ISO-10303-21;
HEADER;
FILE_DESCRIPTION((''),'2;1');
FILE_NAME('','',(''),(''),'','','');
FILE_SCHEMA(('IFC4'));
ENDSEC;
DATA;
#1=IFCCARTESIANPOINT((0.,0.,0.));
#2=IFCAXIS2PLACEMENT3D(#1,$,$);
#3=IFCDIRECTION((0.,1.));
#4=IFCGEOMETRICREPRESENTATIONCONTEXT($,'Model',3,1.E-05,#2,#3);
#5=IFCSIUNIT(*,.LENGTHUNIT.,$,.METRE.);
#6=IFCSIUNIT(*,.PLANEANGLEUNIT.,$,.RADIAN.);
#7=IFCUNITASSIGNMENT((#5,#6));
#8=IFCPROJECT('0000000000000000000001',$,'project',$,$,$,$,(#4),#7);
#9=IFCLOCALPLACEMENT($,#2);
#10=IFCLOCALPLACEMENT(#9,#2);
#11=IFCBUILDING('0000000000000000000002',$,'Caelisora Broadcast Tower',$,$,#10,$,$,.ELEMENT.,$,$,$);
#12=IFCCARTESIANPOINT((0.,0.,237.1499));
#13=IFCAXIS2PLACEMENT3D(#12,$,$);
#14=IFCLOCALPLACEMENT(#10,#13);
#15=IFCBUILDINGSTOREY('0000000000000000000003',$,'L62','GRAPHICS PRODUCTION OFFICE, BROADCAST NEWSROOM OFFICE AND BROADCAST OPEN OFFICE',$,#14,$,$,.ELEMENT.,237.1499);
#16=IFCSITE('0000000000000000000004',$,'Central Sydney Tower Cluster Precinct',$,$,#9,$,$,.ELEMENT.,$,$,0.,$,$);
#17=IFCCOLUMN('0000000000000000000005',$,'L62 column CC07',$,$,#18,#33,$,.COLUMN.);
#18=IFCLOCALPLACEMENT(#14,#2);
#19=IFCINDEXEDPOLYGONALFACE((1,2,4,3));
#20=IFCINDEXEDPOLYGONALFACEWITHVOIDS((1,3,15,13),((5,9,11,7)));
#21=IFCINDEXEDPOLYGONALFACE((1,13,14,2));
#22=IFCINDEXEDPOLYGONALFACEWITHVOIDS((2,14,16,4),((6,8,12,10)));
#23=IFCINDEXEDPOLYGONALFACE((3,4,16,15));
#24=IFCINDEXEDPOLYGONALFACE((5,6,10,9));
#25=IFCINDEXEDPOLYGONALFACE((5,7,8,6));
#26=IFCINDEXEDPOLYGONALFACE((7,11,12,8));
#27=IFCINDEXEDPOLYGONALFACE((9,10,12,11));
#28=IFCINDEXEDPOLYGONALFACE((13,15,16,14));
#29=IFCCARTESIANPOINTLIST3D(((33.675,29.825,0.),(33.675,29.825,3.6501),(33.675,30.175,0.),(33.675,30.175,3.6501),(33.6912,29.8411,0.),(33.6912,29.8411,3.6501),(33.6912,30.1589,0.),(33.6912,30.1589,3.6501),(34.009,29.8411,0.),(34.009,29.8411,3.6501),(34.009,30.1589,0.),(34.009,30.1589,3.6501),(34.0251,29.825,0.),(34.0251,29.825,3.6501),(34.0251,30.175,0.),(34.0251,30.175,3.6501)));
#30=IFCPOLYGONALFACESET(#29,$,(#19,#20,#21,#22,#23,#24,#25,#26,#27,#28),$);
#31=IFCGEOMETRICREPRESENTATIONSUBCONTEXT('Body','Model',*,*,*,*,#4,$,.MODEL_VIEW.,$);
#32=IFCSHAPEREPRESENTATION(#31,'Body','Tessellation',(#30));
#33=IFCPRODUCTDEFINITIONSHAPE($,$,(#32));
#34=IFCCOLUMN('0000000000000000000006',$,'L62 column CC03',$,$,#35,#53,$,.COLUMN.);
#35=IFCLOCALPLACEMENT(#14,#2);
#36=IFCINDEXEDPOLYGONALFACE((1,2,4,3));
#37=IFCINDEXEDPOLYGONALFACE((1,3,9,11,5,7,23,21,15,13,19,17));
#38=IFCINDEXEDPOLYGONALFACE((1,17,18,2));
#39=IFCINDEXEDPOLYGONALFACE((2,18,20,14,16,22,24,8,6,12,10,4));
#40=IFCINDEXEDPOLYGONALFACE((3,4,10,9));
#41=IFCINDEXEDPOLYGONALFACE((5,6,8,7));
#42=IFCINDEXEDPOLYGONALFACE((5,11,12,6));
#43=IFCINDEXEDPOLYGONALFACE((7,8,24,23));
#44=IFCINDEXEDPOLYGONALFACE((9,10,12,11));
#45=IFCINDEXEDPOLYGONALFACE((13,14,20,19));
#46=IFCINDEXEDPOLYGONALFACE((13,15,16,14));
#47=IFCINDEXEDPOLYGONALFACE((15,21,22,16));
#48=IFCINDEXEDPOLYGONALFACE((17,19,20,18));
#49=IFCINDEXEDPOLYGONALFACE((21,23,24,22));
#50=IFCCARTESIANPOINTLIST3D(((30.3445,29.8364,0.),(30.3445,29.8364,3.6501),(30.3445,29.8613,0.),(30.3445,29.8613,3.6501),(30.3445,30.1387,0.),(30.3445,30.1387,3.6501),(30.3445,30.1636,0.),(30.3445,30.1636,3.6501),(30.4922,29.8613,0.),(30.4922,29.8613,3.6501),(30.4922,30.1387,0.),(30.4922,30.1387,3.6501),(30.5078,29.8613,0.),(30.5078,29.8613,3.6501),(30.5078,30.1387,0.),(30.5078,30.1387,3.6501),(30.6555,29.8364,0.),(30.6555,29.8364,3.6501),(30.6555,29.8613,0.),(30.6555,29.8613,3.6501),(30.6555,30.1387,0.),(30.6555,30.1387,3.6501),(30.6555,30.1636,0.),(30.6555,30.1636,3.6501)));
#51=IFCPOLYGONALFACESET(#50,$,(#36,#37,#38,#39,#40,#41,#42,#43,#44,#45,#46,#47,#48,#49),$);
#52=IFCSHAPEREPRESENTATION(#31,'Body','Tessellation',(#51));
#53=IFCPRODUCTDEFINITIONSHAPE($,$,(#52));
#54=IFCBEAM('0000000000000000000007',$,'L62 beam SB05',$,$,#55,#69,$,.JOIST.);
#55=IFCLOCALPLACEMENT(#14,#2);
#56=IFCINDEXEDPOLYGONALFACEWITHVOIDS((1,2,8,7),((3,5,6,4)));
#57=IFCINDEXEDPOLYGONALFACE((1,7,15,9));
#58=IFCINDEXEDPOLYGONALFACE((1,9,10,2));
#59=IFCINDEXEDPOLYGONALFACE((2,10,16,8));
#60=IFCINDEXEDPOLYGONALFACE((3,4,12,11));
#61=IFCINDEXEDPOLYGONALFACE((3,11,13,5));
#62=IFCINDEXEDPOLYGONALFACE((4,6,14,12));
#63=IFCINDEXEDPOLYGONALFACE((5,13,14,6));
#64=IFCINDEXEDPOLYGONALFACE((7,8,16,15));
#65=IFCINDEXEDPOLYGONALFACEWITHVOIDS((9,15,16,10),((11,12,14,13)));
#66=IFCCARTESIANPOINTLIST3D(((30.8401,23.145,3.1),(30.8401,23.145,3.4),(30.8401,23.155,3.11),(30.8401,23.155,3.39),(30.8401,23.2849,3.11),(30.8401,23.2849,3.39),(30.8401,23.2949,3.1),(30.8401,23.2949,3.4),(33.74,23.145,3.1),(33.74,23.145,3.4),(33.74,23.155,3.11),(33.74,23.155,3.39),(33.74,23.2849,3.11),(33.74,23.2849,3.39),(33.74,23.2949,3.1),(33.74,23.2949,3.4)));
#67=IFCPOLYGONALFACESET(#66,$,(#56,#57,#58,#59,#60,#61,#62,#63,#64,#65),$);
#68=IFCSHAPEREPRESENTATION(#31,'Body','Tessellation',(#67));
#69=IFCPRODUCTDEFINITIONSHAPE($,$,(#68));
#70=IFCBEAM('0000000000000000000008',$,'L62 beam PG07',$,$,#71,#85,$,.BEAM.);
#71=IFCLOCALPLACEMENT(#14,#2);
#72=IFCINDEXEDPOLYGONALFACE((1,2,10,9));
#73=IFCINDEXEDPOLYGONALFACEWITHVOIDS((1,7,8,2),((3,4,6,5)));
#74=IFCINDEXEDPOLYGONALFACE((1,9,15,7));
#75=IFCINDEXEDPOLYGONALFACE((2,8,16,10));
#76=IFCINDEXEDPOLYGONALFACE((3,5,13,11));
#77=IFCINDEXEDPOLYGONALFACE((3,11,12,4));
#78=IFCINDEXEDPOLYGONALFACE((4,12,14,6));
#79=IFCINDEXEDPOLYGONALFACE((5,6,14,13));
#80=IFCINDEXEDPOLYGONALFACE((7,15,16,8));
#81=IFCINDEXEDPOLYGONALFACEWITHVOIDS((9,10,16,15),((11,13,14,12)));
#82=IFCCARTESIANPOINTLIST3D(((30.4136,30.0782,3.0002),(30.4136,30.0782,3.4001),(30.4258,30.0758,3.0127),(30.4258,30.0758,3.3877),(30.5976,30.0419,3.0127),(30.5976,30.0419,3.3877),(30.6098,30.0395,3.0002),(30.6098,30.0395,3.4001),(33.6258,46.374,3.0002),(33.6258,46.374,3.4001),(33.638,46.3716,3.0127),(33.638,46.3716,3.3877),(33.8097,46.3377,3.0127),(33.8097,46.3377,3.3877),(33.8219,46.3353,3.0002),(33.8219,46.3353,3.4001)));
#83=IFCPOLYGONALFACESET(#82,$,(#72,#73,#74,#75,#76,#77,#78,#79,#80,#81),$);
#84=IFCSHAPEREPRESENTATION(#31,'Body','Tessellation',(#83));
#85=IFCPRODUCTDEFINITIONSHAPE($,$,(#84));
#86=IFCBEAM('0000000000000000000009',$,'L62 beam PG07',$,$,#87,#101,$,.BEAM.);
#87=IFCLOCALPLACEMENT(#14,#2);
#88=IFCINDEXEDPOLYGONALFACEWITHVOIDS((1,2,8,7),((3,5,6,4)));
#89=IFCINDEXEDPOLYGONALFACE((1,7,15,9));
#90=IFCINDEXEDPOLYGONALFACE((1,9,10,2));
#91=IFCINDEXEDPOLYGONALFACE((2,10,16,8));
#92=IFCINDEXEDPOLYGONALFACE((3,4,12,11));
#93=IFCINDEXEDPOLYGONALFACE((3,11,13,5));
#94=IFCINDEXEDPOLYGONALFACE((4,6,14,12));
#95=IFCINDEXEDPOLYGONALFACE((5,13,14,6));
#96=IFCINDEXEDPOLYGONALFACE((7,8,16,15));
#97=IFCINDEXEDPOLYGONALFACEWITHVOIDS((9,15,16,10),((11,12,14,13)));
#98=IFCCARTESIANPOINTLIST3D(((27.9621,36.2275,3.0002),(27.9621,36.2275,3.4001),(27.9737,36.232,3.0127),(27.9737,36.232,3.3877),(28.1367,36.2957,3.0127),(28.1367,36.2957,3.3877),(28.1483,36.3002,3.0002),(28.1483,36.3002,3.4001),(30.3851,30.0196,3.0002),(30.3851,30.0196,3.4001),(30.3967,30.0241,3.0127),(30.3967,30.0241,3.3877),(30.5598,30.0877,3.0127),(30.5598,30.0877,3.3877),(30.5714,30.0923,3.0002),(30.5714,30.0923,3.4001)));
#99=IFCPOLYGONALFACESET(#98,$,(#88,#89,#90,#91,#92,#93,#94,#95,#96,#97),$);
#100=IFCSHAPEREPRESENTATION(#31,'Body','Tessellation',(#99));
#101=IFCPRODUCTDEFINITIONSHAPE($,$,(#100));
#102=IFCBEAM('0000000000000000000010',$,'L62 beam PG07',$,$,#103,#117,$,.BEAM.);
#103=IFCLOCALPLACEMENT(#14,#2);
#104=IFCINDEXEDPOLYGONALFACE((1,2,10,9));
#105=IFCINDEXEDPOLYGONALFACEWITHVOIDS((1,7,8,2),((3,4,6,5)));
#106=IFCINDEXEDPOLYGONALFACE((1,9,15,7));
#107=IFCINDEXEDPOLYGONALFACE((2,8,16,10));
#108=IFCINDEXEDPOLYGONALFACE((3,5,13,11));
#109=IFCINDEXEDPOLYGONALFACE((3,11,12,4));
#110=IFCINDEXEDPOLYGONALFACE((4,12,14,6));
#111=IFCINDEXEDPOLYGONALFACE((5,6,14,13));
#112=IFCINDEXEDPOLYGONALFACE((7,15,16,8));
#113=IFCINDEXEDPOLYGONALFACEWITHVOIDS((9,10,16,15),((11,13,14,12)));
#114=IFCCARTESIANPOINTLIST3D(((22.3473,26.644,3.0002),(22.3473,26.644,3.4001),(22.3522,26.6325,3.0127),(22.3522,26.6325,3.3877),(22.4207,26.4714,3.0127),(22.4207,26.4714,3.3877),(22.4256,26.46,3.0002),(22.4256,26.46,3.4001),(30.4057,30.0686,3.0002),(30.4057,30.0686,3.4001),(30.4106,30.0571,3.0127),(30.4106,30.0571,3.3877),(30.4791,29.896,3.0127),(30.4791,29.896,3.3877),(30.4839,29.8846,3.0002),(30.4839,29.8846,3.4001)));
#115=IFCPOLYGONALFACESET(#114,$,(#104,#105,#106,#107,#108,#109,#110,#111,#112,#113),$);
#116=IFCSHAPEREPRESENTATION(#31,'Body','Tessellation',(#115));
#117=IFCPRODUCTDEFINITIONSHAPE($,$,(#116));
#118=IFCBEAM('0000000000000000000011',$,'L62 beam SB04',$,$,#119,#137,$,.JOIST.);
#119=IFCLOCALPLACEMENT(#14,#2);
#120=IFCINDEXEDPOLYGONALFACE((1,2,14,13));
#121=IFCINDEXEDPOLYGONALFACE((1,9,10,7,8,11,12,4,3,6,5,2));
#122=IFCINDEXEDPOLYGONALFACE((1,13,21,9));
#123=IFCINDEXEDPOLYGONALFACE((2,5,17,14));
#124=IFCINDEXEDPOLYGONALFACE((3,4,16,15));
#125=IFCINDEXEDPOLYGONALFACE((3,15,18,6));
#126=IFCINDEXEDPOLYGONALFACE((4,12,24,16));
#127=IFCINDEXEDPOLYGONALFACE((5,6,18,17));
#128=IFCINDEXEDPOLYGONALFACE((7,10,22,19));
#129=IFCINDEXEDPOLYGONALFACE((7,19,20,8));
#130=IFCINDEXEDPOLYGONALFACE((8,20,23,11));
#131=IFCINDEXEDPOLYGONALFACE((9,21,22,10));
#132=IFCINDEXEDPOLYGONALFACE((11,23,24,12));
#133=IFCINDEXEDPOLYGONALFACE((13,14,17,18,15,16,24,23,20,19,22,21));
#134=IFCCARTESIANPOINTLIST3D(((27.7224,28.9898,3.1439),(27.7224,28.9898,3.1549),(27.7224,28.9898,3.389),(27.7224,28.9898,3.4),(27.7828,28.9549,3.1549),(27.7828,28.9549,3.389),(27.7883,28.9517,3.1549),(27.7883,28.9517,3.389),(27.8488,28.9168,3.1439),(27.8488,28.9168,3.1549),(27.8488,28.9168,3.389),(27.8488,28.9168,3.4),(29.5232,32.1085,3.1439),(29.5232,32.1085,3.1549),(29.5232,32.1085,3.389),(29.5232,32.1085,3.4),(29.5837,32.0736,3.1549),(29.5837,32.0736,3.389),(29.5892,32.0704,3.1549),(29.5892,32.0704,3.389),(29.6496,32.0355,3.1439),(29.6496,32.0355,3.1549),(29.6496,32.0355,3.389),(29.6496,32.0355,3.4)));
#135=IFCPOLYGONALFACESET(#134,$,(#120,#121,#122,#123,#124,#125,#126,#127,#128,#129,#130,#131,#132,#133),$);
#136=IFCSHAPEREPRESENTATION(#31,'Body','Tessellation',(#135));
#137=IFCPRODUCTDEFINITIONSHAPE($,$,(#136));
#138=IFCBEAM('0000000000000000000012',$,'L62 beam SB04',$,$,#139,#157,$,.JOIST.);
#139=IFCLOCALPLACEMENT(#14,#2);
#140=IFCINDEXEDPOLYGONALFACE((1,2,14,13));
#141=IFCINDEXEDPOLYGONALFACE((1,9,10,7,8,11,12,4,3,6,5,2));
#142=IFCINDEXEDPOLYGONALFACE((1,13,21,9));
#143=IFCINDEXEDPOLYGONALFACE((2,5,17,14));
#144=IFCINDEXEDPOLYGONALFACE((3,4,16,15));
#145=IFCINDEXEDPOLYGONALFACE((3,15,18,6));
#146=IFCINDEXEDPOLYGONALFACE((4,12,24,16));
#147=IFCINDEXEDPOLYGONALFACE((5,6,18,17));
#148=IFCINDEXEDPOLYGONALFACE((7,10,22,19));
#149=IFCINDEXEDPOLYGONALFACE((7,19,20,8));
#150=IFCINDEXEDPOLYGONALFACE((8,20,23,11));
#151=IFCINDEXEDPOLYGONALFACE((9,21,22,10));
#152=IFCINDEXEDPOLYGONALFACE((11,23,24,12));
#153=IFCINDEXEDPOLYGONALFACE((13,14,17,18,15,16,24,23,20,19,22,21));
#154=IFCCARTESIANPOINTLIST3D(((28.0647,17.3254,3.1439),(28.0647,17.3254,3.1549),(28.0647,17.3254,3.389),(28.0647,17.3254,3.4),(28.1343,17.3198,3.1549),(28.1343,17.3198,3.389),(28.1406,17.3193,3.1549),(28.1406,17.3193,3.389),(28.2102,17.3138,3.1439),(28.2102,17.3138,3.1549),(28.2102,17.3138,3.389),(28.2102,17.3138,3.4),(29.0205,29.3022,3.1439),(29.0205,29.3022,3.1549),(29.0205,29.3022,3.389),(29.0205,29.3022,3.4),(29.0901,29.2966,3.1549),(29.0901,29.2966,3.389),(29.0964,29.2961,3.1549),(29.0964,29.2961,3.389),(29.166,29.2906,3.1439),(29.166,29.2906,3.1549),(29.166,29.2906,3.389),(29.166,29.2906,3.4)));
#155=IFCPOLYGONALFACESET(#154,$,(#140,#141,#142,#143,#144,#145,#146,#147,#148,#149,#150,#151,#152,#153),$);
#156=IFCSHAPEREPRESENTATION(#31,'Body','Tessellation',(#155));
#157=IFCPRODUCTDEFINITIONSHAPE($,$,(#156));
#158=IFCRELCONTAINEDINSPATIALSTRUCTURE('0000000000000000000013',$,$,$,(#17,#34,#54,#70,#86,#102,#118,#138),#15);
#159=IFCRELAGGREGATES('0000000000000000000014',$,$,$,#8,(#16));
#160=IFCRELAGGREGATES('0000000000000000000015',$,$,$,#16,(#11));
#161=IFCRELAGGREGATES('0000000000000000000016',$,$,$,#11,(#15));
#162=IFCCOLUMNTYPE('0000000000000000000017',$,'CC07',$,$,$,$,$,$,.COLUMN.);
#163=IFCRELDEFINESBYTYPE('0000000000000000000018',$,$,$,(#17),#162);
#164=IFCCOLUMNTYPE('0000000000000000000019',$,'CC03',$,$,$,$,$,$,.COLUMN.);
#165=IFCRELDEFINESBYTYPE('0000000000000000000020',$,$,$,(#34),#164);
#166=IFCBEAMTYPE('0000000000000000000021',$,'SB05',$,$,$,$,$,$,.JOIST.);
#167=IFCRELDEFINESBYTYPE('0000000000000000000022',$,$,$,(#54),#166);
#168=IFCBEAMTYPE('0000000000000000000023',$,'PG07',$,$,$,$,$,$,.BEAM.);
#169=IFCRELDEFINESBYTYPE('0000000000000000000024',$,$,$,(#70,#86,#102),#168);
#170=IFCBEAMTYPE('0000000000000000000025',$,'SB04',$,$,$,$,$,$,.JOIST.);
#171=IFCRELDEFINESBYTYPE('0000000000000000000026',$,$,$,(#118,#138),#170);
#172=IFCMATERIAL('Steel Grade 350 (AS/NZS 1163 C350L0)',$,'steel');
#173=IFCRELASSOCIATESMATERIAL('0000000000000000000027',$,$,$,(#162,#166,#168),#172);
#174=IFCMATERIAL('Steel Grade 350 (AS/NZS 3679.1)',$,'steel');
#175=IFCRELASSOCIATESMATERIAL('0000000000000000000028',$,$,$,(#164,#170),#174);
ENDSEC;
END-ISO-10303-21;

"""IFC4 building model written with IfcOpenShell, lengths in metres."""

from ifc_helpers import new_model, si_unit, direction, frame, origin, origin_2d, place, context, subcontext, project, spatial, hollow_rectangle, i_section, extrude, source, transform, mapped, material, material_profile, profile_set, type_object, type_shapes, element, save


model = new_model("IFC4")

# Units and contexts
model_context = context("Model", 3, precision=1e-05, world=origin(), true_north=direction((0.0, 1.0)))
body_context = subcontext(model_context, "Body", "Model", "MODEL_VIEW")
ifc_project = project(units=[si_unit("LENGTHUNIT", "METRE"), si_unit("PLANEANGLEUNIT", "RADIAN")], contexts=[model_context])

# Site, building, storey
site_placement = place(None, origin())
site = spatial("IfcSite", under=ifc_project, at=site_placement, Name="Central Sydney Tower Cluster Precinct", CompositionType="ELEMENT", RefElevation=0.0)
building_placement = place(site_placement, origin())
building = spatial("IfcBuilding", under=site, at=building_placement, Name="Caelisora Broadcast Tower", CompositionType="ELEMENT")
storey_placement = place(building_placement, frame((0.0, 0.0, 237.1499)))
storey = spatial("IfcBuildingStorey", under=building, at=storey_placement, Name="L62", Description="GRAPHICS PRODUCTION OFFICE, BROADCAST NEWSROOM OFFICE AND BROADCAST OPEN OFFICE", CompositionType="ELEMENT", Elevation=237.1499)

# Columns
ifc_material_1 = material(Name="Steel Grade 350 (AS/NZS 1163 C350L0)", Category="steel")
ifc_material_profile_1 = material_profile(ifc_material_1, hollow_rectangle(XDim=0.3501, YDim=0.3501, WallThickness=0.0161, at=origin_2d()), Name="Steel Grade 350 (AS/NZS 1163 C350L0)")
ifc_profile_set_1 = profile_set([ifc_material_profile_1], Name="Steel Grade 350 (AS/NZS 1163 C350L0)")
column_type_1 = type_object("IfcColumnType", Name="CC07", PredefinedType="COLUMN", material=ifc_profile_set_1)
shared_shape_1 = source(origin(), body_context, "Body", "SweptSolid", [
    extrude(hollow_rectangle(XDim=0.3501, YDim=0.3501, WallThickness=0.0161, at=origin_2d()), origin(), (0.0, 0.0, 1.0), 3.6501),
])
type_shapes(column_type_1, [shared_shape_1])
column_1_placement = place(storey_placement, frame((33.8501, 30.0, 0.0), z_axis=(0.0, 0.0, 1.0), x_axis=(1.0, 0.0, 0.0)))
element("IfcColumn", 1, at=column_1_placement, inside=storey, type_object=column_type_1, Name="L62 column CC07", PredefinedType="COLUMN", context=body_context, shape_type="MappedRepresentation", body=[
    mapped(shared_shape_1, transform((0.0, 0.0, 0.0), scale=1.0)),
])
ifc_material_2 = material(Name="Steel Grade 350 (AS/NZS 3679.1)", Category="steel")
ifc_material_profile_2 = material_profile(ifc_material_2, i_section(OverallWidth=0.311, OverallDepth=0.3271, WebThickness=0.0156, FlangeThickness=0.0249, at=origin_2d()), Name="Steel Grade 350 (AS/NZS 3679.1)")
ifc_profile_set_2 = profile_set([ifc_material_profile_2], Name="Steel Grade 350 (AS/NZS 3679.1)")
column_type_2 = type_object("IfcColumnType", Name="CC03", PredefinedType="COLUMN", material=ifc_profile_set_2)
shared_shape_2 = source(origin(), body_context, "Body", "SweptSolid", [
    extrude(i_section(OverallWidth=0.311, OverallDepth=0.3271, WebThickness=0.0156, FlangeThickness=0.0249, at=origin_2d()), origin(), (0.0, 0.0, 1.0), 3.6501),
])
type_shapes(column_type_2, [shared_shape_2])
column_2_placement = place(storey_placement, frame((30.5, 30.0, 0.0), z_axis=(0.0, 0.0, 1.0), x_axis=(1.0, 0.0, 0.0)))
element("IfcColumn", 2, at=column_2_placement, inside=storey, type_object=column_type_2, Name="L62 column CC03", PredefinedType="COLUMN", context=body_context, shape_type="MappedRepresentation", body=[
    mapped(shared_shape_2, transform((0.0, 0.0, 0.0), scale=1.0)),
])

# Beams
ifc_material_profile_3 = material_profile(ifc_material_1, hollow_rectangle(XDim=0.1499, YDim=0.3, WallThickness=0.01, at=origin_2d()), Name="Steel Grade 350 (AS/NZS 1163 C350L0)")
ifc_profile_set_3 = profile_set([ifc_material_profile_3], Name="Steel Grade 350 (AS/NZS 1163 C350L0)")
beam_type_1 = type_object("IfcBeamType", Name="SB05", PredefinedType="JOIST", material=ifc_profile_set_3)
shared_shape_3 = source(origin(), body_context, "Body", "SweptSolid", [
    extrude(hollow_rectangle(XDim=0.1499, YDim=0.3, WallThickness=0.01, at=origin_2d()), origin(), (0.0, 0.0, 1.0), 2.8999),
])
type_shapes(beam_type_1, [shared_shape_3])
beam_1_placement = place(storey_placement, frame((30.8401, 23.22, 3.25), z_axis=(1.0, 0.0, 0.0), x_axis=(0.0, 1.0, 0.0)))
element("IfcBeam", 3, at=beam_1_placement, inside=storey, type_object=beam_type_1, Name="L62 beam SB05", PredefinedType="JOIST", context=body_context, shape_type="MappedRepresentation", body=[
    mapped(shared_shape_3, transform((0.0, 0.0, 0.0), scale=1.0)),
])
ifc_material_profile_4 = material_profile(ifc_material_1, hollow_rectangle(XDim=0.2, YDim=0.3999, WallThickness=0.0125, at=origin_2d()), Name="Steel Grade 350 (AS/NZS 1163 C350L0)")
ifc_profile_set_4 = profile_set([ifc_material_profile_4], Name="Steel Grade 350 (AS/NZS 1163 C350L0)")
beam_type_2 = type_object("IfcBeamType", Name="PG07", PredefinedType="BEAM", material=ifc_profile_set_4)
shared_shape_4 = source(origin(), body_context, "Body", "SweptSolid", [
    extrude(hollow_rectangle(XDim=0.2, YDim=0.3999, WallThickness=0.0125, at=origin_2d()), origin(), (0.0, 0.0, 1.0), 16.6094),
])
beam_2_placement = place(storey_placement, frame((30.5117, 30.0588, 3.2002), z_axis=(0.193393, 0.981121, 0.0), x_axis=(-0.981121, 0.193393, 0.0)))
element("IfcBeam", 4, at=beam_2_placement, inside=storey, type_object=beam_type_2, Name="L62 beam PG07", PredefinedType="BEAM", context=body_context, shape_type="MappedRepresentation", body=[
    mapped(shared_shape_4, transform((0.0, 0.0, 0.0), scale=1.0)),
])
shared_shape_5 = source(origin(), body_context, "Body", "SweptSolid", [
    extrude(hollow_rectangle(XDim=0.2, YDim=0.3999, WallThickness=0.0125, at=origin_2d()), origin(), (0.0, 0.0, 1.0), 6.6641),
])
beam_3_placement = place(storey_placement, frame((30.4783, 30.0559, 3.2002), z_axis=(-0.363602, 0.931554, 0.0), x_axis=(-0.931554, -0.363602, 0.0)))
element("IfcBeam", 5, at=beam_3_placement, inside=storey, type_object=beam_type_2, Name="L62 beam PG07", PredefinedType="BEAM", context=body_context, shape_type="MappedRepresentation", body=[
    mapped(shared_shape_5, transform((0.0, 0.0, 0.0), scale=1.0)),
])
shared_shape_6 = source(origin(), body_context, "Body", "SweptSolid", [
    extrude(hollow_rectangle(XDim=0.2, YDim=0.3999, WallThickness=0.0125, at=origin_2d()), origin(), (0.0, 0.0, 1.0), 8.7559),
])
type_shapes(beam_type_2, [shared_shape_4, shared_shape_5, shared_shape_6])
beam_4_placement = place(storey_placement, frame((30.4448, 29.9766, 3.2002), z_axis=(-0.920341, -0.391118, 0.0), x_axis=(0.391118, -0.920341, 0.0)))
element("IfcBeam", 6, at=beam_4_placement, inside=storey, type_object=beam_type_2, Name="L62 beam PG07", PredefinedType="BEAM", context=body_context, shape_type="MappedRepresentation", body=[
    mapped(shared_shape_6, transform((0.0, 0.0, 0.0), scale=1.0)),
])
ifc_material_profile_5 = material_profile(ifc_material_2, i_section(OverallWidth=0.146, OverallDepth=0.2561, WebThickness=0.0063, FlangeThickness=0.011, at=origin_2d()), Name="Steel Grade 350 (AS/NZS 3679.1)")
ifc_profile_set_5 = profile_set([ifc_material_profile_5], Name="Steel Grade 350 (AS/NZS 3679.1)")
beam_type_3 = type_object("IfcBeamType", Name="SB04", PredefinedType="JOIST", material=ifc_profile_set_5)
shared_shape_7 = source(origin(), body_context, "Body", "SweptSolid", [
    extrude(i_section(OverallWidth=0.146, OverallDepth=0.2561, WebThickness=0.0063, FlangeThickness=0.011, at=origin_2d()), origin(), (0.0, 0.0, 1.0), 3.6013),
])
beam_5_placement = place(storey_placement, frame((29.5864, 32.072, 3.272), z_axis=(-0.500047, -0.865998, 0.0), x_axis=(0.865998, -0.500047, 0.0)))
element("IfcBeam", 7, at=beam_5_placement, inside=storey, type_object=beam_type_3, Name="L62 beam SB04", PredefinedType="JOIST", context=body_context, shape_type="MappedRepresentation", body=[
    mapped(shared_shape_7, transform((0.0, 0.0, 0.0), scale=1.0)),
])
shared_shape_8 = source(origin(), body_context, "Body", "SweptSolid", [
    extrude(i_section(OverallWidth=0.146, OverallDepth=0.2561, WebThickness=0.0063, FlangeThickness=0.011, at=origin_2d()), origin(), (0.0, 0.0, 1.0), 12.0149),
])
beam_6_placement = place(storey_placement, frame((29.0933, 29.2964, 3.272), z_axis=(-0.079552, -0.996831, 0.0), x_axis=(0.996831, -0.079552, 0.0)))
element("IfcBeam", 8, at=beam_6_placement, inside=storey, type_object=beam_type_3, Name="L62 beam SB04", PredefinedType="JOIST", context=body_context, shape_type="MappedRepresentation", body=[
    mapped(shared_shape_8, transform((0.0, 0.0, 0.0), scale=1.0)),
])

save(model, "model.ifc")
